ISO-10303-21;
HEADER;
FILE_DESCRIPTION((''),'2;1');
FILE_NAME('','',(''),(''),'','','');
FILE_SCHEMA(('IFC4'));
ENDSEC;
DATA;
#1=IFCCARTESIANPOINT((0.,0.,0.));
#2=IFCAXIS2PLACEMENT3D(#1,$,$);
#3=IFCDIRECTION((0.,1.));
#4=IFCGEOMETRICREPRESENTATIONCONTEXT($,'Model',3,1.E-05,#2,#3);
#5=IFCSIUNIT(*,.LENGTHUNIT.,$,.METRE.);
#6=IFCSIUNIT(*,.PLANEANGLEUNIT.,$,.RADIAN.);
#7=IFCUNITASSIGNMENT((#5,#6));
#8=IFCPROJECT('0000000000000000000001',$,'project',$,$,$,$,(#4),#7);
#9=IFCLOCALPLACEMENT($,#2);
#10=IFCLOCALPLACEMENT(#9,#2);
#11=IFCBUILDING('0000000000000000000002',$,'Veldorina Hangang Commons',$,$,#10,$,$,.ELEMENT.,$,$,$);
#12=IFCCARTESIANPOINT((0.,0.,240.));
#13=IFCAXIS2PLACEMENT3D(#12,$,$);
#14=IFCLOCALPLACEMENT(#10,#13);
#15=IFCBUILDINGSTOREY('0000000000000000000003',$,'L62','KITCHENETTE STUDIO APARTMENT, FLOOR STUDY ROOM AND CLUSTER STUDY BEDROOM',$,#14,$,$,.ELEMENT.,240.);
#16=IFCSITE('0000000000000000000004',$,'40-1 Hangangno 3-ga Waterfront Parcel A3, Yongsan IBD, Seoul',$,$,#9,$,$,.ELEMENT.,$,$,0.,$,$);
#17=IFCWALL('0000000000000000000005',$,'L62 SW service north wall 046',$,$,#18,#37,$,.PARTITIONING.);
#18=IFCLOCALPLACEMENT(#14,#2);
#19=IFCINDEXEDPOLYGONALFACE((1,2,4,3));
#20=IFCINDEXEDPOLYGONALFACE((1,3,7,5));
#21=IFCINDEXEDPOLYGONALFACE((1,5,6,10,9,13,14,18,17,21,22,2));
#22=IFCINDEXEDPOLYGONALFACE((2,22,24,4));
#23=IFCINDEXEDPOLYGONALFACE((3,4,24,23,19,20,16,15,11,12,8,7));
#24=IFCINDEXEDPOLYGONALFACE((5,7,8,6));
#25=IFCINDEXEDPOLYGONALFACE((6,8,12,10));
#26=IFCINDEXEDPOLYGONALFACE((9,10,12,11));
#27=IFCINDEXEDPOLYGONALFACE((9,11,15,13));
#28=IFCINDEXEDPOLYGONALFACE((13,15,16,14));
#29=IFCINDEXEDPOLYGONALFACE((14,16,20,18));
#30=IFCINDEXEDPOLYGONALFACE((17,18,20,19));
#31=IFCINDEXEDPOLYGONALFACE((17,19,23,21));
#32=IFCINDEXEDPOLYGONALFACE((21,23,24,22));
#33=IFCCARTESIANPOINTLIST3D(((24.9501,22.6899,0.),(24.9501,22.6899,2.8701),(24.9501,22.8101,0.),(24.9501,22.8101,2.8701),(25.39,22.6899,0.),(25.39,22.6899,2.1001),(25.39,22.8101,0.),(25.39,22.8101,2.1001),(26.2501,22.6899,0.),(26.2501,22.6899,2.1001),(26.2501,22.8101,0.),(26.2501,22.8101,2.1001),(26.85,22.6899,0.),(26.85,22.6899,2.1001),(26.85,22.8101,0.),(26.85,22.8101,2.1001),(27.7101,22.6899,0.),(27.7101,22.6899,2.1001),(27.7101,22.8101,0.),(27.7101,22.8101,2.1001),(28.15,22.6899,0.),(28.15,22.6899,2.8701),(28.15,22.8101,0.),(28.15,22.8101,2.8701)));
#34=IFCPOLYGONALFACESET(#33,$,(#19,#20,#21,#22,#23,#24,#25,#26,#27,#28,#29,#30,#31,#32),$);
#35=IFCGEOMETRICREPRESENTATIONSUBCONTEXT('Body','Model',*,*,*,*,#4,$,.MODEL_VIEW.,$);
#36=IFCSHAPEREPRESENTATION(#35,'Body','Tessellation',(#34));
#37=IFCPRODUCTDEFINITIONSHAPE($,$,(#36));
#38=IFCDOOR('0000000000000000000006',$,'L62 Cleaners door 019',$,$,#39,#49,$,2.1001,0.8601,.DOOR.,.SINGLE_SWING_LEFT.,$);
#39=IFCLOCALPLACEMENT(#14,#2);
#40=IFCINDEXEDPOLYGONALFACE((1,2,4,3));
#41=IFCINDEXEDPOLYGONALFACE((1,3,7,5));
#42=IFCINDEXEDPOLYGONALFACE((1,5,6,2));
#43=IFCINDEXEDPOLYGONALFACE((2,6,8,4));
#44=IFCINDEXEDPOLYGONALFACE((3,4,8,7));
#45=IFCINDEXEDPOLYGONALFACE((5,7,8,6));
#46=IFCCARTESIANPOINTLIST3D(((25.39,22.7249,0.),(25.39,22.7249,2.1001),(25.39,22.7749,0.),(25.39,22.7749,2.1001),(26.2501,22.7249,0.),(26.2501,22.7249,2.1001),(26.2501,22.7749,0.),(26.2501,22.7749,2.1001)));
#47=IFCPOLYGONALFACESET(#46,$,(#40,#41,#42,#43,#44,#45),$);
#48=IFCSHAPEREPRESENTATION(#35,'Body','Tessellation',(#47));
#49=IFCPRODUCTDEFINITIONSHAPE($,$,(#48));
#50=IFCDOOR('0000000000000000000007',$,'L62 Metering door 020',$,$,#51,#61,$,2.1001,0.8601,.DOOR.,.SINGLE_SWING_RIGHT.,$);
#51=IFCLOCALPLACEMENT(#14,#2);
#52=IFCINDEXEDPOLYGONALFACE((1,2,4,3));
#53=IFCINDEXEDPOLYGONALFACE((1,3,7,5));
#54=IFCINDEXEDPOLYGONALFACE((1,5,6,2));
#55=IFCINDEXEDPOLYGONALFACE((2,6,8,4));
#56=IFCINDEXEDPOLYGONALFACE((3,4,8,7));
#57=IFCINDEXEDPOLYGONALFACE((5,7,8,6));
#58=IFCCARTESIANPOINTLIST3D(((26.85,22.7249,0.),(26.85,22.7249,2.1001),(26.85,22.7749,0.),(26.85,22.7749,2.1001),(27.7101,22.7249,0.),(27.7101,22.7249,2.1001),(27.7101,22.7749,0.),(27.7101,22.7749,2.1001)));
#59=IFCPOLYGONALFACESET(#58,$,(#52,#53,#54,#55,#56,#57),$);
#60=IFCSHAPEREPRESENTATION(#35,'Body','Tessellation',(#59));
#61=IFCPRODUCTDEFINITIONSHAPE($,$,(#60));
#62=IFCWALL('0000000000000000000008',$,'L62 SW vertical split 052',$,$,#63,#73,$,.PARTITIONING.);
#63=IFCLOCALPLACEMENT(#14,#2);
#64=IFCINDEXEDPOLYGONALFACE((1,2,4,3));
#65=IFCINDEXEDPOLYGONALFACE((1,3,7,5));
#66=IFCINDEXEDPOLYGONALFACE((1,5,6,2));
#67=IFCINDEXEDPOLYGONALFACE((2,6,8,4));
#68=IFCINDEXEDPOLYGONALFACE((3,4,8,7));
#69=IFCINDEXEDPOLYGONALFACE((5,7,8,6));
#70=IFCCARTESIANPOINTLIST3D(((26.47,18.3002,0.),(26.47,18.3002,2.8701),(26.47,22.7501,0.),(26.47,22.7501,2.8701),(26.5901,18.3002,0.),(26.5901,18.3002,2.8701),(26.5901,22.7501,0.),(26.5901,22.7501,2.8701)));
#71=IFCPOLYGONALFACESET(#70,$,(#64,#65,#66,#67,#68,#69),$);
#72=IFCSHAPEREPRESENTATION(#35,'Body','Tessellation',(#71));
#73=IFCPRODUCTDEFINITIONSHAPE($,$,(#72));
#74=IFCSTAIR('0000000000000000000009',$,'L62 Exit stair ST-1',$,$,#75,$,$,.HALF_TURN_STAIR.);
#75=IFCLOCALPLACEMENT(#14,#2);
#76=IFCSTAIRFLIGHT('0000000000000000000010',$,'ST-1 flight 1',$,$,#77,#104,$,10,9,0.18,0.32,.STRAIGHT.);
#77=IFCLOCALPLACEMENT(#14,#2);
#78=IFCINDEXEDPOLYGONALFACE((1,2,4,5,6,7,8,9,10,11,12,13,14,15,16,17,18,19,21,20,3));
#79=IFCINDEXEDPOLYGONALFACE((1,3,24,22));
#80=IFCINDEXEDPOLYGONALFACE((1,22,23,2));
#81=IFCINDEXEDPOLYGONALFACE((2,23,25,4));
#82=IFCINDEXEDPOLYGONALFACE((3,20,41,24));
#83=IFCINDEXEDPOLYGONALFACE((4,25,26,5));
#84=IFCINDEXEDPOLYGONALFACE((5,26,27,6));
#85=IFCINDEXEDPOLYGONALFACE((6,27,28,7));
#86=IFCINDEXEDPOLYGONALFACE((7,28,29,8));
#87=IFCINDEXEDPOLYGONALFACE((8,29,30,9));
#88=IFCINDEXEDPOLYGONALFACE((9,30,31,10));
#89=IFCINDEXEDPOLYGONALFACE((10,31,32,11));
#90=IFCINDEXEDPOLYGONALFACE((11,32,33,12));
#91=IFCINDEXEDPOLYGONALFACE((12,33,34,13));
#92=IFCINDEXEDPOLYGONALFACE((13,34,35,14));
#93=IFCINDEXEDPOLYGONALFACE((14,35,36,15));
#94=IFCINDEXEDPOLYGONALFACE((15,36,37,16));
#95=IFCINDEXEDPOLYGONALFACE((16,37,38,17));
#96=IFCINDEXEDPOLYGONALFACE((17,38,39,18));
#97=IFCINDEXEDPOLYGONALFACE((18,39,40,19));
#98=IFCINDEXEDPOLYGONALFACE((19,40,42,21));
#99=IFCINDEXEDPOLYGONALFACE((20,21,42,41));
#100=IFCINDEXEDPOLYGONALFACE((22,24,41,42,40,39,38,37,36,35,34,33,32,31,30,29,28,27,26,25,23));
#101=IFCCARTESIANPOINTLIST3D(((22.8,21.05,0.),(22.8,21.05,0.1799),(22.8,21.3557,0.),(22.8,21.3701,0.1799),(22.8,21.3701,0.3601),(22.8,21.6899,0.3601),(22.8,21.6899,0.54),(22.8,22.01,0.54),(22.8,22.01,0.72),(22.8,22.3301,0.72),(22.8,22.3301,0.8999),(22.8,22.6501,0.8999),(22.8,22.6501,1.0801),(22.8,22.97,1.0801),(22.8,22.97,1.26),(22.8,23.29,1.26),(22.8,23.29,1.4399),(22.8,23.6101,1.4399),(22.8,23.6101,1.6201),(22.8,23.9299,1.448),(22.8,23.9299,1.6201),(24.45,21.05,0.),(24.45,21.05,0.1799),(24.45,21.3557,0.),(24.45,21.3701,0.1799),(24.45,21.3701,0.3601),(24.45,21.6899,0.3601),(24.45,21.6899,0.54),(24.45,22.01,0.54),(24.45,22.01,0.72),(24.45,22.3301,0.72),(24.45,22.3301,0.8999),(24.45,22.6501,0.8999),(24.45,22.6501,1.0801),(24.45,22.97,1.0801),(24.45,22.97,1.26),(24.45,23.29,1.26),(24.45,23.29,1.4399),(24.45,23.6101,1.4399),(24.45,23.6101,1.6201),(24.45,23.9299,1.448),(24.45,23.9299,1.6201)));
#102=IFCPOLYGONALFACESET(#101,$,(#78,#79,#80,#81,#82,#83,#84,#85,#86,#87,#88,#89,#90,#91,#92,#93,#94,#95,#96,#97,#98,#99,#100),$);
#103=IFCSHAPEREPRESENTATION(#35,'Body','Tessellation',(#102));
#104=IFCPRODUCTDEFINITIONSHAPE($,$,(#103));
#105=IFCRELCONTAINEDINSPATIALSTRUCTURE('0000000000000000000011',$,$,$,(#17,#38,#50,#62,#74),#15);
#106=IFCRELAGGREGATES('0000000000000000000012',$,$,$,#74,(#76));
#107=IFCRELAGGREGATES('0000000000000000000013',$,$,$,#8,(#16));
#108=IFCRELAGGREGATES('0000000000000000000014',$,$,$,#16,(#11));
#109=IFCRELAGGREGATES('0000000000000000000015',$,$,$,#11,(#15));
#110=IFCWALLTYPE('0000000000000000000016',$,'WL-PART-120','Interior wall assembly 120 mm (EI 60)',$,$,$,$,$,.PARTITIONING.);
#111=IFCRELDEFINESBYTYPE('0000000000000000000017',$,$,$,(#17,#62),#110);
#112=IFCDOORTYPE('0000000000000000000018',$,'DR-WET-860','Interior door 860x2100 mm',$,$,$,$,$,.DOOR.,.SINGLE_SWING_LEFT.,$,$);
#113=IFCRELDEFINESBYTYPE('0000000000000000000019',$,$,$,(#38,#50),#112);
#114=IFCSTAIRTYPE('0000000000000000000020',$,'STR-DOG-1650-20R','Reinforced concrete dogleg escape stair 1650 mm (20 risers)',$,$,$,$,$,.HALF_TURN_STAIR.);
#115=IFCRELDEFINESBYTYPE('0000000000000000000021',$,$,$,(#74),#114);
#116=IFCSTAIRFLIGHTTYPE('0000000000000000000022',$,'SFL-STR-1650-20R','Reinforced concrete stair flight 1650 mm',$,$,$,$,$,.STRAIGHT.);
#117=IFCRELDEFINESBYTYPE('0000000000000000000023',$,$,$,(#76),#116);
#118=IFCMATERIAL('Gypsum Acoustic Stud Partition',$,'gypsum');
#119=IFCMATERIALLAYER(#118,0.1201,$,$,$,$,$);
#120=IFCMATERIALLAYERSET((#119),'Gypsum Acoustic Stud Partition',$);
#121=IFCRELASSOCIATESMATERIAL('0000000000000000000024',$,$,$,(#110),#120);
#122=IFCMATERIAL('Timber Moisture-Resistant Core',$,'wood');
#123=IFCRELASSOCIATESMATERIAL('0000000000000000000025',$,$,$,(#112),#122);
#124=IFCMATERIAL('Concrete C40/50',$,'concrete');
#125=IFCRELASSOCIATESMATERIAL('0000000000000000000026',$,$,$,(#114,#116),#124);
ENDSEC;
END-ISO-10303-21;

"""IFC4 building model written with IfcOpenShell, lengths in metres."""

from ifc_helpers import new_model, si_unit, direction, frame, frame_2d, origin, place, context, subcontext, project, spatial, polyline, rectangle, outline, extrude, material, layer, layer_set, type_object, element, fill, aggregate, save


model = new_model("IFC4")

# Units and contexts
model_context = context("Model", 3, precision=1e-05, world=origin(), true_north=direction((0.0, 1.0)))
body_context = subcontext(model_context, "Body", "Model", "MODEL_VIEW")
ifc_project = project(units=[si_unit("LENGTHUNIT", "METRE"), si_unit("PLANEANGLEUNIT", "RADIAN")], contexts=[model_context])

# Site, building, storey
site_placement = place(None, origin())
site = spatial("IfcSite", under=ifc_project, at=site_placement, Name="40-1 Hangangno 3-ga Waterfront Parcel A3, Yongsan IBD, Seoul", CompositionType="ELEMENT", RefElevation=0.0)
building_placement = place(site_placement, origin())
building = spatial("IfcBuilding", under=site, at=building_placement, Name="Veldorina Hangang Commons", CompositionType="ELEMENT")
storey_placement = place(building_placement, frame((0.0, 0.0, 240.0)))
storey = spatial("IfcBuildingStorey", under=building, at=storey_placement, Name="L62", Description="KITCHENETTE STUDIO APARTMENT, FLOOR STUDY ROOM AND CLUSTER STUDY BEDROOM", CompositionType="ELEMENT", Elevation=240.0)

# Wall, openings, doors
ifc_material_1 = material(Name="Gypsum Acoustic Stud Partition", Category="gypsum")
ifc_layer_1 = layer(ifc_material_1, 0.1201)
ifc_layer_set_1 = layer_set([ifc_layer_1], Name="Gypsum Acoustic Stud Partition")
wall_type_1 = type_object("IfcWallType", Name="WL-PART-120", Description="Interior wall assembly 120 mm (EI 60)", PredefinedType="PARTITIONING", material=ifc_layer_set_1)
wall_1_placement = place(storey_placement, frame((24.95, 22.75, 0.0), z_axis=(0.0, 0.0, 1.0), x_axis=(1.0, 0.0, 0.0)))
wall_1 = element("IfcWall", 1, at=wall_1_placement, inside=storey, type_object=wall_type_1, Name="L62 SW service north wall 046", PredefinedType="PARTITIONING", context=body_context, shape_type="SweptSolid", body=[
    extrude(rectangle(XDim=3.2, YDim=0.1201, at=frame_2d((1.6001, 0.0))), origin(), (0.0, 0.0, 1.0), 2.8701),
])
opening_1_placement = place(wall_1_placement, frame((0.4399, 0.0, 0.0)))
opening_1 = element("IfcOpeningElement", 2, at=opening_1_placement, cuts=wall_1, PredefinedType="OPENING", context=body_context, shape_type="SweptSolid", body=[
    extrude(rectangle(XDim=0.8601, YDim=2.1001, at=frame_2d((0.4302, 1.05))), frame((0.0, 0.0701, 0.0), z_axis=(0.0, -1.0, 0.0), x_axis=(1.0, 0.0, 0.0)), (0.0, 0.0, 1.0), 0.1401),
])
opening_2_placement = place(wall_1_placement, frame((1.8999, 0.0, 0.0)))
opening_2 = element("IfcOpeningElement", 3, at=opening_2_placement, cuts=wall_1, PredefinedType="OPENING", context=body_context, shape_type="SweptSolid", body=[
    extrude(rectangle(XDim=0.8601, YDim=2.1001, at=frame_2d((0.4302, 1.05))), frame((0.0, 0.0701, 0.0), z_axis=(0.0, -1.0, 0.0), x_axis=(1.0, 0.0, 0.0)), (0.0, 0.0, 1.0), 0.1401),
])
ifc_material_2 = material(Name="Timber Moisture-Resistant Core", Category="wood")
door_type_1 = type_object("IfcDoorType", Name="DR-WET-860", Description="Interior door 860x2100 mm", OperationType="SINGLE_SWING_LEFT", PredefinedType="DOOR", material=ifc_material_2)
door_1_placement = place(opening_1_placement, origin())
door_1 = element("IfcDoor", 4, at=door_1_placement, inside=storey, type_object=door_type_1, Name="L62 Cleaners door 019", OperationType="SINGLE_SWING_LEFT", OverallHeight=2.1001, OverallWidth=0.8601, PredefinedType="DOOR", context=body_context, shape_type="SweptSolid", body=[
    extrude(rectangle(XDim=0.8601, YDim=2.1001, at=frame_2d((0.4302, 1.05))), frame((0.0, 0.0249, 0.0), z_axis=(0.0, -1.0, 0.0), x_axis=(1.0, 0.0, 0.0)), (0.0, 0.0, 1.0), 0.05),
])
fill(opening_1, door_1)
door_2_placement = place(opening_2_placement, origin())
door_2 = element("IfcDoor", 5, at=door_2_placement, inside=storey, type_object=door_type_1, Name="L62 Metering door 020", OperationType="SINGLE_SWING_RIGHT", OverallHeight=2.1001, OverallWidth=0.8601, PredefinedType="DOOR", context=body_context, shape_type="SweptSolid", body=[
    extrude(rectangle(XDim=0.8601, YDim=2.1001, at=frame_2d((0.4302, 1.05))), frame((0.0, 0.0249, 0.0), z_axis=(0.0, -1.0, 0.0), x_axis=(1.0, 0.0, 0.0)), (0.0, 0.0, 1.0), 0.05),
])
fill(opening_2, door_2)

# Wall
wall_2_placement = place(storey_placement, frame((26.53, 18.3, 0.0), z_axis=(0.0, 0.0, 1.0), x_axis=(0.0, 1.0, 0.0)))
element("IfcWall", 6, at=wall_2_placement, inside=storey, type_object=wall_type_1, Name="L62 SW vertical split 052", PredefinedType="PARTITIONING", context=body_context, shape_type="SweptSolid", body=[
    extrude(rectangle(XDim=4.45, YDim=0.1201, at=frame_2d((2.2251, 0.0))), origin(), (0.0, 0.0, 1.0), 2.8701),
])

# Stair, stair flight
ifc_material_3 = material(Name="Concrete C40/50", Category="concrete")
stair_type = type_object("IfcStairType", Name="STR-DOG-1650-20R", Description="Reinforced concrete dogleg escape stair 1650 mm (20 risers)", PredefinedType="HALF_TURN_STAIR", material=ifc_material_3)
stair_placement = place(storey_placement, origin())
stair = element("IfcStair", 7, at=stair_placement, inside=storey, type_object=stair_type, Name="L62 Exit stair ST-1", PredefinedType="HALF_TURN_STAIR")
stair_flight_type = type_object("IfcStairFlightType", Name="SFL-STR-1650-20R", Description="Reinforced concrete stair flight 1650 mm", PredefinedType="STRAIGHT", material=ifc_material_3)
stair_flight_placement = place(storey_placement, frame((23.625, 21.05, 0.0), z_axis=(0.0, 0.0, 1.0), x_axis=(0.0, 1.0, 0.0)))
stair_flight = element("IfcStairFlight", 8, at=stair_flight_placement, type_object=stair_flight_type, Name="ST-1 flight 1", NumberOfRisers=10, NumberOfTreads=9, PredefinedType="STRAIGHT", RiserHeight=0.18, TreadLength=0.32, context=body_context, shape_type="SweptSolid", body=[
    extrude(outline(polyline([(0.0, 0.0), (0.0, 0.1799), (0.3201, 0.1799), (0.3201, 0.3601), (0.6399, 0.3601), (0.6399, 0.54), (0.96, 0.54), (0.96, 0.72), (1.28, 0.72), (1.28, 0.8999), (1.6001, 0.8999), (1.6001, 1.0801), (1.9199, 1.0801), (1.9199, 1.26), (2.24, 1.26), (2.24, 1.4399), (2.5601, 1.4399), (2.5601, 1.6201), (2.8799, 1.6201), (2.8799, 1.8), (2.8799, 1.448), (0.3057, 0.0), (0.0, 0.0)])), frame((0.0, 0.825, 0.0), z_axis=(0.0, -1.0, 0.0), x_axis=(1.0, 0.0, 0.0)), (0.0, 0.0, 1.0), 1.6499),
])
aggregate(stair, [stair_flight])

save(model, "model.ifc")
